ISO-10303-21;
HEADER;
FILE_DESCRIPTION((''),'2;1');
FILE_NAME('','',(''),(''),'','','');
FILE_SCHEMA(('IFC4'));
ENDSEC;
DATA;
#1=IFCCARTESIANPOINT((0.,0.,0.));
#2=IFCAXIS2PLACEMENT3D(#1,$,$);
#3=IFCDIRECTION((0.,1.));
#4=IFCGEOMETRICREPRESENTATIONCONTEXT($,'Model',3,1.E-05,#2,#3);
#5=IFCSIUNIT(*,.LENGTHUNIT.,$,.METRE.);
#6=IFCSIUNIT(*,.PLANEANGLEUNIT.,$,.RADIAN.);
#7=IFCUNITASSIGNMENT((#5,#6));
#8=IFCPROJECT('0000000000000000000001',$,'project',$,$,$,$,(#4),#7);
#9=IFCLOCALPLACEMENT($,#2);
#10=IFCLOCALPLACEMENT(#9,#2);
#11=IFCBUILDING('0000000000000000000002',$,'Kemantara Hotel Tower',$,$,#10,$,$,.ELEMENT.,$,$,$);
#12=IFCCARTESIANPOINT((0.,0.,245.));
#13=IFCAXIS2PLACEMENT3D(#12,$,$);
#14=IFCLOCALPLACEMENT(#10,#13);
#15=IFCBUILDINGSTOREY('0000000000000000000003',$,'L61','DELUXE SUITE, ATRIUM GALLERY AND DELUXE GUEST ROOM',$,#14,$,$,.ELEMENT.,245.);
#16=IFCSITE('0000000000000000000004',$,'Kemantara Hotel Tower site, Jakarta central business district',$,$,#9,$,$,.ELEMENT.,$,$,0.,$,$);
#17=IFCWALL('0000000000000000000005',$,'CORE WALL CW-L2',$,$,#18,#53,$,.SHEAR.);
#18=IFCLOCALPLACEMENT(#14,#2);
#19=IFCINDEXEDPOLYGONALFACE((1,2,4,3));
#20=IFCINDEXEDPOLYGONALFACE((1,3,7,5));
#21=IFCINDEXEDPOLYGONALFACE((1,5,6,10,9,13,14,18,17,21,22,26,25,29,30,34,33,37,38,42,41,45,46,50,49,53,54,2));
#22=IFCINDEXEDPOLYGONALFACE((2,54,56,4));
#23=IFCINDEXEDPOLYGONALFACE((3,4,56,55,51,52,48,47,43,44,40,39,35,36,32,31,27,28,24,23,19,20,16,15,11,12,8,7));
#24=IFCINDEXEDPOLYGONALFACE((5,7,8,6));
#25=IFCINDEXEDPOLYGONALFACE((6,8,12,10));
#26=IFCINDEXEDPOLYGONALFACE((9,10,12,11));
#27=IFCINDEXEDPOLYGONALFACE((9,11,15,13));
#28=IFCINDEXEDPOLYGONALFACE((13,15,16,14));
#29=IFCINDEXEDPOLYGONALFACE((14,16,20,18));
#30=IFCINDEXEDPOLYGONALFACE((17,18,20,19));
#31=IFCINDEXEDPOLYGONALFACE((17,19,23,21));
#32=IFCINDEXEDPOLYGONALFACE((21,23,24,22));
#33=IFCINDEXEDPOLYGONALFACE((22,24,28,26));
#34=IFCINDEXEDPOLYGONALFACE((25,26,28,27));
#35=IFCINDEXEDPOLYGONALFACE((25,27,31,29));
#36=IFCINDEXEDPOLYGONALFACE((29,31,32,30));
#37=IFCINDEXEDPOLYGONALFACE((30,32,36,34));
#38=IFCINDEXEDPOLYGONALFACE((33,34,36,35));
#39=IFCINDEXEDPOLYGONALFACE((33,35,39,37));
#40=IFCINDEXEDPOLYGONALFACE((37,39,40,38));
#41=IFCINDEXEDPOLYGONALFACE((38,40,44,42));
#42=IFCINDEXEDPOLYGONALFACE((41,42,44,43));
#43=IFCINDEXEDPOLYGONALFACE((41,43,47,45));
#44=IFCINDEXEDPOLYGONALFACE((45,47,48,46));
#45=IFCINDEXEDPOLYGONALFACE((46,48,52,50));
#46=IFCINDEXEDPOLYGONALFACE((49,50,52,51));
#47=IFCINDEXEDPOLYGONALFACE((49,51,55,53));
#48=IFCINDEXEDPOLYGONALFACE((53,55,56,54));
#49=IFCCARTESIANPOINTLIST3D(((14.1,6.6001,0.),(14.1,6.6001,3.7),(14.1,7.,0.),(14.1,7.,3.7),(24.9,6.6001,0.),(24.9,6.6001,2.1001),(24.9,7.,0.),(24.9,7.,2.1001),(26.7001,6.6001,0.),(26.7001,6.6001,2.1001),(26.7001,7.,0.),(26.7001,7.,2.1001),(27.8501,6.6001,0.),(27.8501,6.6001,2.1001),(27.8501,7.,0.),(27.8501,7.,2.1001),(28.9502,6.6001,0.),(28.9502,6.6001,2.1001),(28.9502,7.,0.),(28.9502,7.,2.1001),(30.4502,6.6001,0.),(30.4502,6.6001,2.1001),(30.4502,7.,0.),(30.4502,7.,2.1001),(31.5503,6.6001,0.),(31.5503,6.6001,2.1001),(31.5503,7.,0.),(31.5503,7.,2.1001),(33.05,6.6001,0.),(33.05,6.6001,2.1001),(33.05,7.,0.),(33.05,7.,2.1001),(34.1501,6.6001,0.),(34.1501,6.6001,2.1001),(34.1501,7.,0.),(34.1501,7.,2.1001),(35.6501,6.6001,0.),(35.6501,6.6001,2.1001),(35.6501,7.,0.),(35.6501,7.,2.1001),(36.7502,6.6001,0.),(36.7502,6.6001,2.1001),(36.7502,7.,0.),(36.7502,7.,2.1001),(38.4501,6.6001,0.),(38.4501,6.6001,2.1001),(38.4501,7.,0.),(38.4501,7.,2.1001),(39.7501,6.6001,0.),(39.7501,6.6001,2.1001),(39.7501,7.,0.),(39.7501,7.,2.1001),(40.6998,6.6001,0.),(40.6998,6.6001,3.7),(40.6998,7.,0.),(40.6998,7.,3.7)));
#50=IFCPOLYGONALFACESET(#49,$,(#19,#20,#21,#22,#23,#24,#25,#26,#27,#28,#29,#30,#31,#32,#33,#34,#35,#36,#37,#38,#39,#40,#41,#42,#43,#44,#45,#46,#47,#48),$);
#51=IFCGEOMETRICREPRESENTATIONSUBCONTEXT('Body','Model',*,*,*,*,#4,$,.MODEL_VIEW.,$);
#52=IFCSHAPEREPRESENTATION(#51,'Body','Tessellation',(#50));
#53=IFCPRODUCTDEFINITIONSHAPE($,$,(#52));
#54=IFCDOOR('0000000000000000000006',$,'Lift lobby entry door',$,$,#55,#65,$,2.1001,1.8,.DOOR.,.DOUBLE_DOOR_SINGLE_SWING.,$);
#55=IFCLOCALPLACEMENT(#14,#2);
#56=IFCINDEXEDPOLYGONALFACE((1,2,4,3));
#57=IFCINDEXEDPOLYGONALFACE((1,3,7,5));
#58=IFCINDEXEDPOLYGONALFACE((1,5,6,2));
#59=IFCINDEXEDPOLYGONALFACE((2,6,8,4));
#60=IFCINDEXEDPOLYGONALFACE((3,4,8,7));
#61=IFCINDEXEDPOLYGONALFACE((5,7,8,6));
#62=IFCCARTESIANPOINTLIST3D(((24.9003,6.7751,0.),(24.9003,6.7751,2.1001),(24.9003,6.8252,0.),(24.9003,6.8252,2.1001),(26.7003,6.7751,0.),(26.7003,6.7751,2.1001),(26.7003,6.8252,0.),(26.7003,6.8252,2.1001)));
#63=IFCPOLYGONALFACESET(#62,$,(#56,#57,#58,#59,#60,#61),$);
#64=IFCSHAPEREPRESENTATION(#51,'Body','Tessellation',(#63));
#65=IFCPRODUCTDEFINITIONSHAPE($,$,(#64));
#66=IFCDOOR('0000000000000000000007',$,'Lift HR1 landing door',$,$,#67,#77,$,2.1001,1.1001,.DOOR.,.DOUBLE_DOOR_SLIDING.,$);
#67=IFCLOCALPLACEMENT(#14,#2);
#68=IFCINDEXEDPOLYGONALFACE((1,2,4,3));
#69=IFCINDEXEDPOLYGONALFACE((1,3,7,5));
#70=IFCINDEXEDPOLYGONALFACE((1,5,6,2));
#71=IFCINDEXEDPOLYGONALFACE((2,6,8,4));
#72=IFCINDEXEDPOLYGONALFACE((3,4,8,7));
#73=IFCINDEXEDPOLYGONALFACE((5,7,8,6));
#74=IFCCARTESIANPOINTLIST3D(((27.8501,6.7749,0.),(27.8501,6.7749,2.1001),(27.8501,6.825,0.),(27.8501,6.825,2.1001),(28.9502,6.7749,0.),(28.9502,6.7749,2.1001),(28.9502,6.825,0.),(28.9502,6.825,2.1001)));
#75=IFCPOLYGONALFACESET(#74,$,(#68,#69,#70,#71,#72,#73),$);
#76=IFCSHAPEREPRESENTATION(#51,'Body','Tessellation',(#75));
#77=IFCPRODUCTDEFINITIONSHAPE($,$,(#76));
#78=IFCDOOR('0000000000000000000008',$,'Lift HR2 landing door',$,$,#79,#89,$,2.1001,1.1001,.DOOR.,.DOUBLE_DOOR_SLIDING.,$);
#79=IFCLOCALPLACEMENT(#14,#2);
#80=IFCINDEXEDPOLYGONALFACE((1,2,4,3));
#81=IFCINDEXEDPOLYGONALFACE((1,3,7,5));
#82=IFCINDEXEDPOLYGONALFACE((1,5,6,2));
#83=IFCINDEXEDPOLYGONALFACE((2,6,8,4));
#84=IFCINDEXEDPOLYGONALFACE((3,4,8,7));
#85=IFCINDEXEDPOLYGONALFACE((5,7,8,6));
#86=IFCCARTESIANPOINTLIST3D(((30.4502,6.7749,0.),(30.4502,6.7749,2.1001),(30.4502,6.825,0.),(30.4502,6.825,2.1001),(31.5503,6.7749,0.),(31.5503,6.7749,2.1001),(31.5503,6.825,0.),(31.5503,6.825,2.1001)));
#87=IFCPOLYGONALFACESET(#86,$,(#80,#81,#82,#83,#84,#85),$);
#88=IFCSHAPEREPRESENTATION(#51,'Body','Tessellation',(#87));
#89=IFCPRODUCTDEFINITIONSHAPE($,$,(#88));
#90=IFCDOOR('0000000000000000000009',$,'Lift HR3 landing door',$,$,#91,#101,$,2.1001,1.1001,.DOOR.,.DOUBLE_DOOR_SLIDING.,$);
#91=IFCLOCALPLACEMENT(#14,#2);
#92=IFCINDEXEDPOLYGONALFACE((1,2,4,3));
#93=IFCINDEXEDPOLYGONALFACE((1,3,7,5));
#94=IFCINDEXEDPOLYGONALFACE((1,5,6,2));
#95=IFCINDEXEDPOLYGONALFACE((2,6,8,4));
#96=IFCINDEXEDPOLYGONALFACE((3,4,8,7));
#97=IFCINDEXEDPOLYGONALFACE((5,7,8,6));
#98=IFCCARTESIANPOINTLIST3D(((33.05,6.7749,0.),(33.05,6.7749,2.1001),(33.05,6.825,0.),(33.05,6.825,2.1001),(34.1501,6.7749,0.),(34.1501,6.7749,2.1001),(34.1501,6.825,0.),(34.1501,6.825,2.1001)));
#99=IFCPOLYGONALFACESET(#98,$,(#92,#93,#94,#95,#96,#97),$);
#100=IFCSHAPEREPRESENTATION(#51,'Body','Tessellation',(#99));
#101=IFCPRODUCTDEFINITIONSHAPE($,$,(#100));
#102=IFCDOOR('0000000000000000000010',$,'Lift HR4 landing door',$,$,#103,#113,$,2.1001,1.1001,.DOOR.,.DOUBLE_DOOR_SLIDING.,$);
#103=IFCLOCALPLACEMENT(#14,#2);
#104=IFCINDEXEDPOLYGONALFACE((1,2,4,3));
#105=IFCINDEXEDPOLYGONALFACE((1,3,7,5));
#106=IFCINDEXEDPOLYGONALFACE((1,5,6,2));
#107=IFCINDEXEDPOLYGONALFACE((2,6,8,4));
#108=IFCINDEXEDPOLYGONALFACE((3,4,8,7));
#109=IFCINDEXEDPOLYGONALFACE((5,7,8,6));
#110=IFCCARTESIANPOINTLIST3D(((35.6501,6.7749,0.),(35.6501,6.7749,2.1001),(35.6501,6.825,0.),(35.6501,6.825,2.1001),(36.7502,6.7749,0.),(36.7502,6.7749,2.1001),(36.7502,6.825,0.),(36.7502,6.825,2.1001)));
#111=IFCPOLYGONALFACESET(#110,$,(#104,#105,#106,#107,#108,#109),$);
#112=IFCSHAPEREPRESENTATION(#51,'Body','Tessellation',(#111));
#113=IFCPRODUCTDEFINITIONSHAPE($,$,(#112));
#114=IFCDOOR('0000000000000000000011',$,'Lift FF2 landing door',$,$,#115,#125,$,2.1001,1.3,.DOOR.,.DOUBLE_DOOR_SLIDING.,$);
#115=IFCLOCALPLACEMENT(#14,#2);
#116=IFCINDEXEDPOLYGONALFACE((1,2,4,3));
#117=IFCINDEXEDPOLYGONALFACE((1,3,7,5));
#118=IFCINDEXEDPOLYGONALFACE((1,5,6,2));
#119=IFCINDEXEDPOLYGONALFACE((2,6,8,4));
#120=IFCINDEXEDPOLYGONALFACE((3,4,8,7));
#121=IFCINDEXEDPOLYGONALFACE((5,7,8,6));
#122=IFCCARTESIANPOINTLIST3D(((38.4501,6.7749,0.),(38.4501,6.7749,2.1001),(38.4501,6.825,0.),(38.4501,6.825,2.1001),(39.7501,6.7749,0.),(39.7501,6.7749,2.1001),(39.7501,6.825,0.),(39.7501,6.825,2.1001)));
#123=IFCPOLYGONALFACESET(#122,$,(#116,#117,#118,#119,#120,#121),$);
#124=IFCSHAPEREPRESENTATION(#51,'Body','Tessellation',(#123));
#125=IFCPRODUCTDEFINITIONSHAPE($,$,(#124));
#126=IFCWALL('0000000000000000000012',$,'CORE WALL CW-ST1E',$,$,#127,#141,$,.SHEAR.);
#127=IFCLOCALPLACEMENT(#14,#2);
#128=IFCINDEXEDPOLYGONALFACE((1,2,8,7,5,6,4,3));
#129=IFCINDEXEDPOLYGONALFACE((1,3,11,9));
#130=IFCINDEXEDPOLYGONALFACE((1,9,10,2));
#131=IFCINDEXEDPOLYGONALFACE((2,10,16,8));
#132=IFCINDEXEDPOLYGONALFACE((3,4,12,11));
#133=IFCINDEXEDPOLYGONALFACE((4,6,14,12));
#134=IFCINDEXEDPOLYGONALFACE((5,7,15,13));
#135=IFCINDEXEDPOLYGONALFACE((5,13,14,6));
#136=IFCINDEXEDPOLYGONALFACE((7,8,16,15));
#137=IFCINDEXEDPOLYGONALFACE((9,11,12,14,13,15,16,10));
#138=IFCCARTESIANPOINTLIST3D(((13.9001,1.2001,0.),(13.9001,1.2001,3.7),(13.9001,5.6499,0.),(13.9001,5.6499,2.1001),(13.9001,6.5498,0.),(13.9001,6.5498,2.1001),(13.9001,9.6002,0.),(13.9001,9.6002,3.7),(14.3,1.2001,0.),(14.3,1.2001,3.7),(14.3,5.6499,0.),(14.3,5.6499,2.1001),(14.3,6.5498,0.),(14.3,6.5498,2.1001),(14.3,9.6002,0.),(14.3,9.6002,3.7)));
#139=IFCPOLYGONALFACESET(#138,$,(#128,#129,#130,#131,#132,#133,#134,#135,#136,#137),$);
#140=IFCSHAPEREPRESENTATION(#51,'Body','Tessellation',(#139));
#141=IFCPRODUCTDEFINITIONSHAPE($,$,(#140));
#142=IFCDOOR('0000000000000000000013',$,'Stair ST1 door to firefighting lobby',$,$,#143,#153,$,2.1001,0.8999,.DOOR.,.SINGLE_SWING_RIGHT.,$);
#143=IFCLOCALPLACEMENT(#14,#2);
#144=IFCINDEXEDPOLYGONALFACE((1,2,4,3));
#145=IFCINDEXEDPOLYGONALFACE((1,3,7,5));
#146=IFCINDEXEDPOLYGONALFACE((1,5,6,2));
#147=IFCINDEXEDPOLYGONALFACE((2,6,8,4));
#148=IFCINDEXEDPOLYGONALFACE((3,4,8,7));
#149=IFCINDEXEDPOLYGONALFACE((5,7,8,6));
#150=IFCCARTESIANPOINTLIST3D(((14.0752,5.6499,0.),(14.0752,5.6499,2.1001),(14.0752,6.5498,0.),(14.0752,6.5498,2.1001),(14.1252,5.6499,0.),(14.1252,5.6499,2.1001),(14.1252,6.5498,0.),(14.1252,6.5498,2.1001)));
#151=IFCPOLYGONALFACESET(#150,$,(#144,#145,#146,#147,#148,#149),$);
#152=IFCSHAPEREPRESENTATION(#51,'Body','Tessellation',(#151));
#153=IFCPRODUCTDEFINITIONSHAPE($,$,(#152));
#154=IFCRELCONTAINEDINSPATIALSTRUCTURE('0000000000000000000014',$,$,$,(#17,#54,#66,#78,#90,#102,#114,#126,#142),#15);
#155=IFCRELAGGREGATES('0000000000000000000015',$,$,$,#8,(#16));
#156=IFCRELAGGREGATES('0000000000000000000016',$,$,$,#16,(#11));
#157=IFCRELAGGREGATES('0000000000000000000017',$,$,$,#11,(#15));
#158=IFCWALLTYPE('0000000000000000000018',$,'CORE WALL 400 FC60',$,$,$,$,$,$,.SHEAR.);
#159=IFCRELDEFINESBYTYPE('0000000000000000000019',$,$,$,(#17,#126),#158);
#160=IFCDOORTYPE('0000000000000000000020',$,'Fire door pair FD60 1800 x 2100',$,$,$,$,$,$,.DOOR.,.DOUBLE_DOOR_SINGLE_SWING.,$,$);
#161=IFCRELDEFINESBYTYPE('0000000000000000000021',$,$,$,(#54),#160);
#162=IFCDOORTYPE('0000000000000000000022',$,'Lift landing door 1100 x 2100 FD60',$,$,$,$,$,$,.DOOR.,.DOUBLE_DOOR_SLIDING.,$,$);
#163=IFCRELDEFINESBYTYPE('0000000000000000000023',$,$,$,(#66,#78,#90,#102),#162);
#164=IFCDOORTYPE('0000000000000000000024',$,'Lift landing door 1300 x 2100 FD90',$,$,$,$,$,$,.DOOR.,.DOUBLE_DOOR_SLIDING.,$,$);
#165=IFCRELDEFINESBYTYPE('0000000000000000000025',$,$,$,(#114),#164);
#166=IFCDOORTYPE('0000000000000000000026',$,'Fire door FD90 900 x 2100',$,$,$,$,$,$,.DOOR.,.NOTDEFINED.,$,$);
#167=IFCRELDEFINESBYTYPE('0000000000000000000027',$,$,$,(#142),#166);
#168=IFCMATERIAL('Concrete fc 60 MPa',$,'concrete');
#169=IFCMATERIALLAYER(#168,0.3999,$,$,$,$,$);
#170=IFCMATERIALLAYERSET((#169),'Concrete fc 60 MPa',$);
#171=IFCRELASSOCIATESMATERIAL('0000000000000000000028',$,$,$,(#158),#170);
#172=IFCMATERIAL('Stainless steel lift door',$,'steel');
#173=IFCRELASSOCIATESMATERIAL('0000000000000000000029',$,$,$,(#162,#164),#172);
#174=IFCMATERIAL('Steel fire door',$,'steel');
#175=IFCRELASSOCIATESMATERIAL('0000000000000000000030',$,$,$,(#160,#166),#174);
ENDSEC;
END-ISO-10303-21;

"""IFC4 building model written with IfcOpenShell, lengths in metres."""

from ifc_helpers import new_model, si_unit, direction, frame, frame_2d, origin, place, context, subcontext, project, spatial, rectangle, extrude, material, layer, layer_set, type_object, element, fill, save


model = new_model("IFC4")

# Units and contexts
model_context = context("Model", 3, precision=1e-05, world=origin(), true_north=direction((0.0, 1.0)))
body_context = subcontext(model_context, "Body", "Model", "MODEL_VIEW")
ifc_project = project(units=[si_unit("LENGTHUNIT", "METRE"), si_unit("PLANEANGLEUNIT", "RADIAN")], contexts=[model_context])

# Site, building, storey
site_placement = place(None, origin())
site = spatial("IfcSite", under=ifc_project, at=site_placement, Name="Kemantara Hotel Tower site, Jakarta central business district", CompositionType="ELEMENT", RefElevation=0.0)
building_placement = place(site_placement, origin())
building = spatial("IfcBuilding", under=site, at=building_placement, Name="Kemantara Hotel Tower", CompositionType="ELEMENT")
storey_placement = place(building_placement, frame((0.0, 0.0, 245.0)))
storey = spatial("IfcBuildingStorey", under=building, at=storey_placement, Name="L61", Description="DELUXE SUITE, ATRIUM GALLERY AND DELUXE GUEST ROOM", CompositionType="ELEMENT", Elevation=245.0)

# Shared definitions
ifc_material_1 = material(Name="Concrete fc 60 MPa", Category="concrete")

# Wall, openings, doors
ifc_layer_1 = layer(ifc_material_1, 0.3999)
ifc_layer_set_1 = layer_set([ifc_layer_1], Name="Concrete fc 60 MPa")
wall_type_1 = type_object("IfcWallType", Name="CORE WALL 400 FC60", PredefinedType="SHEAR", material=ifc_layer_set_1)
ifc_material_2 = material(Name="Steel fire door", Category="steel")
ifc_material_3 = material(Name="Stainless steel lift door", Category="steel")
door_type_1 = type_object("IfcDoorType", Name="Lift landing door 1100 x 2100 FD60", OperationType="DOUBLE_DOOR_SLIDING", PredefinedType="DOOR", material=ifc_material_3)
door_type_2 = type_object("IfcDoorType", Name="Lift landing door 1300 x 2100 FD90", OperationType="DOUBLE_DOOR_SLIDING", PredefinedType="DOOR", material=ifc_material_3)
wall_1_placement = place(storey_placement, frame((14.1001, 6.8, 0.0), z_axis=(0.0, 0.0, 1.0), x_axis=(1.0, 0.0, 0.0)))
wall_1 = element("IfcWall", 1, at=wall_1_placement, inside=storey, type_object=wall_type_1, Name="CORE WALL CW-L2", PredefinedType="SHEAR", context=body_context, shape_type="SweptSolid", body=[
    extrude(rectangle(XDim=26.5999, YDim=0.3999, at=frame_2d((13.2998, 0.0))), origin(), (0.0, 0.0, 1.0), 3.7),
])
opening_1_placement = place(wall_1_placement, frame((10.8, 0.0, 0.0)))
opening_1 = element("IfcOpeningElement", 2, at=opening_1_placement, cuts=wall_1, PredefinedType="OPENING", context=body_context, shape_type="SweptSolid", body=[
    extrude(rectangle(XDim=1.8, YDim=2.1001, at=frame_2d((0.8999, 1.05))), frame((0.0, 0.21, 0.0), z_axis=(0.0, -1.0, 0.0), x_axis=(1.0, 0.0, 0.0)), (0.0, 0.0, 1.0), 0.4199),
])
opening_2_placement = place(wall_1_placement, frame((13.75, 0.0, 0.0)))
opening_2 = element("IfcOpeningElement", 3, at=opening_2_placement, cuts=wall_1, PredefinedType="OPENING", context=body_context, shape_type="SweptSolid", body=[
    extrude(rectangle(XDim=1.1001, YDim=2.1001, at=frame_2d((0.55, 1.05))), frame((0.0, 0.21, 0.0), z_axis=(0.0, -1.0, 0.0), x_axis=(1.0, 0.0, 0.0)), (0.0, 0.0, 1.0), 0.4199),
])
opening_3_placement = place(wall_1_placement, frame((16.3501, 0.0, 0.0)))
opening_3 = element("IfcOpeningElement", 4, at=opening_3_placement, cuts=wall_1, PredefinedType="OPENING", context=body_context, shape_type="SweptSolid", body=[
    extrude(rectangle(XDim=1.1001, YDim=2.1001, at=frame_2d((0.55, 1.05))), frame((0.0, 0.21, 0.0), z_axis=(0.0, -1.0, 0.0), x_axis=(1.0, 0.0, 0.0)), (0.0, 0.0, 1.0), 0.4199),
])
opening_4_placement = place(wall_1_placement, frame((18.95, 0.0, 0.0)))
opening_4 = element("IfcOpeningElement", 5, at=opening_4_placement, cuts=wall_1, PredefinedType="OPENING", context=body_context, shape_type="SweptSolid", body=[
    extrude(rectangle(XDim=1.1001, YDim=2.1001, at=frame_2d((0.55, 1.05))), frame((0.0, 0.21, 0.0), z_axis=(0.0, -1.0, 0.0), x_axis=(1.0, 0.0, 0.0)), (0.0, 0.0, 1.0), 0.4199),
])
opening_5_placement = place(wall_1_placement, frame((21.55, 0.0, 0.0)))
opening_5 = element("IfcOpeningElement", 6, at=opening_5_placement, cuts=wall_1, PredefinedType="OPENING", context=body_context, shape_type="SweptSolid", body=[
    extrude(rectangle(XDim=1.1001, YDim=2.1001, at=frame_2d((0.55, 1.05))), frame((0.0, 0.21, 0.0), z_axis=(0.0, -1.0, 0.0), x_axis=(1.0, 0.0, 0.0)), (0.0, 0.0, 1.0), 0.4199),
])
opening_6_placement = place(wall_1_placement, frame((24.3501, 0.0, 0.0)))
opening_6 = element("IfcOpeningElement", 7, at=opening_6_placement, cuts=wall_1, PredefinedType="OPENING", context=body_context, shape_type="SweptSolid", body=[
    extrude(rectangle(XDim=1.3, YDim=2.1001, at=frame_2d((0.6499, 1.05))), frame((0.0, 0.21, 0.0), z_axis=(0.0, -1.0, 0.0), x_axis=(1.0, 0.0, 0.0)), (0.0, 0.0, 1.0), 0.4199),
])
door_type_3 = type_object("IfcDoorType", Name="Fire door pair FD60 1800 x 2100", OperationType="DOUBLE_DOOR_SINGLE_SWING", PredefinedType="DOOR", material=ifc_material_2)
door_1_placement = place(opening_1_placement, frame((1.8, 0.0, 0.0), z_axis=(0.0, 0.0, 1.0), x_axis=(-1.0, 0.0, 0.0)))
door_1 = element("IfcDoor", 8, at=door_1_placement, inside=storey, type_object=door_type_3, Name="Lift lobby entry door", OperationType="DOUBLE_DOOR_SINGLE_SWING", OverallHeight=2.1001, OverallWidth=1.8, PredefinedType="DOOR", context=body_context, shape_type="SweptSolid", body=[
    extrude(rectangle(XDim=1.8, YDim=2.1001, at=frame_2d((0.8999, 1.05))), frame((0.0, 0.0249, 0.0), z_axis=(0.0, -1.0, 0.0), x_axis=(1.0, 0.0, 0.0)), (0.0, 0.0, 1.0), 0.05),
])
fill(opening_1, door_1)
door_2_placement = place(opening_2_placement, origin())
door_2 = element("IfcDoor", 9, at=door_2_placement, inside=storey, type_object=door_type_1, Name="Lift HR1 landing door", OperationType="DOUBLE_DOOR_SLIDING", OverallHeight=2.1001, OverallWidth=1.1001, PredefinedType="DOOR", context=body_context, shape_type="SweptSolid", body=[
    extrude(rectangle(XDim=1.1001, YDim=2.1001, at=frame_2d((0.55, 1.05))), frame((0.0, 0.0249, 0.0), z_axis=(0.0, -1.0, 0.0), x_axis=(1.0, 0.0, 0.0)), (0.0, 0.0, 1.0), 0.05),
])
fill(opening_2, door_2)
door_3_placement = place(opening_3_placement, origin())
door_3 = element("IfcDoor", 10, at=door_3_placement, inside=storey, type_object=door_type_1, Name="Lift HR2 landing door", OperationType="DOUBLE_DOOR_SLIDING", OverallHeight=2.1001, OverallWidth=1.1001, PredefinedType="DOOR", context=body_context, shape_type="SweptSolid", body=[
    extrude(rectangle(XDim=1.1001, YDim=2.1001, at=frame_2d((0.55, 1.05))), frame((0.0, 0.0249, 0.0), z_axis=(0.0, -1.0, 0.0), x_axis=(1.0, 0.0, 0.0)), (0.0, 0.0, 1.0), 0.05),
])
fill(opening_3, door_3)
door_4_placement = place(opening_4_placement, origin())
door_4 = element("IfcDoor", 11, at=door_4_placement, inside=storey, type_object=door_type_1, Name="Lift HR3 landing door", OperationType="DOUBLE_DOOR_SLIDING", OverallHeight=2.1001, OverallWidth=1.1001, PredefinedType="DOOR", context=body_context, shape_type="SweptSolid", body=[
    extrude(rectangle(XDim=1.1001, YDim=2.1001, at=frame_2d((0.55, 1.05))), frame((0.0, 0.0249, 0.0), z_axis=(0.0, -1.0, 0.0), x_axis=(1.0, 0.0, 0.0)), (0.0, 0.0, 1.0), 0.05),
])
fill(opening_4, door_4)
door_5_placement = place(opening_5_placement, origin())
door_5 = element("IfcDoor", 12, at=door_5_placement, inside=storey, type_object=door_type_1, Name="Lift HR4 landing door", OperationType="DOUBLE_DOOR_SLIDING", OverallHeight=2.1001, OverallWidth=1.1001, PredefinedType="DOOR", context=body_context, shape_type="SweptSolid", body=[
    extrude(rectangle(XDim=1.1001, YDim=2.1001, at=frame_2d((0.55, 1.05))), frame((0.0, 0.0249, 0.0), z_axis=(0.0, -1.0, 0.0), x_axis=(1.0, 0.0, 0.0)), (0.0, 0.0, 1.0), 0.05),
])
fill(opening_5, door_5)
door_6_placement = place(opening_6_placement, origin())
door_6 = element("IfcDoor", 13, at=door_6_placement, inside=storey, type_object=door_type_2, Name="Lift FF2 landing door", OperationType="DOUBLE_DOOR_SLIDING", OverallHeight=2.1001, OverallWidth=1.3, PredefinedType="DOOR", context=body_context, shape_type="SweptSolid", body=[
    extrude(rectangle(XDim=1.3, YDim=2.1001, at=frame_2d((0.6499, 1.05))), frame((0.0, 0.0249, 0.0), z_axis=(0.0, -1.0, 0.0), x_axis=(1.0, 0.0, 0.0)), (0.0, 0.0, 1.0), 0.05),
])
fill(opening_6, door_6)

# Wall, opening, door
wall_2_placement = place(storey_placement, frame((14.1001, 1.2, 0.0), z_axis=(0.0, 0.0, 1.0), x_axis=(0.0, 1.0, 0.0)))
wall_2 = element("IfcWall", 14, at=wall_2_placement, inside=storey, type_object=wall_type_1, Name="CORE WALL CW-ST1E", PredefinedType="SHEAR", context=body_context, shape_type="SweptSolid", body=[
    extrude(rectangle(XDim=8.4001, YDim=0.3999, at=frame_2d((4.2002, 0.0))), origin(), (0.0, 0.0, 1.0), 3.7),
])
opening_7_placement = place(wall_2_placement, frame((4.45, 0.0, 0.0)))
opening_7 = element("IfcOpeningElement", 15, at=opening_7_placement, cuts=wall_2, PredefinedType="OPENING", context=body_context, shape_type="SweptSolid", body=[
    extrude(rectangle(XDim=0.8999, YDim=2.1001, at=frame_2d((0.45, 1.05))), frame((0.0, 0.21, 0.0), z_axis=(0.0, -1.0, 0.0), x_axis=(1.0, 0.0, 0.0)), (0.0, 0.0, 1.0), 0.4199),
])
door_type_4 = type_object("IfcDoorType", Name="Fire door FD90 900 x 2100", OperationType="NOTDEFINED", PredefinedType="DOOR", material=ifc_material_2)
door_7_placement = place(opening_7_placement, origin())
door_7 = element("IfcDoor", 16, at=door_7_placement, inside=storey, type_object=door_type_4, Name="Stair ST1 door to firefighting lobby", OperationType="SINGLE_SWING_RIGHT", OverallHeight=2.1001, OverallWidth=0.8999, PredefinedType="DOOR", context=body_context, shape_type="SweptSolid", body=[
    extrude(rectangle(XDim=0.8999, YDim=2.1001, at=frame_2d((0.45, 1.05))), frame((0.0, 0.0249, 0.0), z_axis=(0.0, -1.0, 0.0), x_axis=(1.0, 0.0, 0.0)), (0.0, 0.0, 1.0), 0.05),
])
fill(opening_7, door_7)

save(model, "model.ifc")
